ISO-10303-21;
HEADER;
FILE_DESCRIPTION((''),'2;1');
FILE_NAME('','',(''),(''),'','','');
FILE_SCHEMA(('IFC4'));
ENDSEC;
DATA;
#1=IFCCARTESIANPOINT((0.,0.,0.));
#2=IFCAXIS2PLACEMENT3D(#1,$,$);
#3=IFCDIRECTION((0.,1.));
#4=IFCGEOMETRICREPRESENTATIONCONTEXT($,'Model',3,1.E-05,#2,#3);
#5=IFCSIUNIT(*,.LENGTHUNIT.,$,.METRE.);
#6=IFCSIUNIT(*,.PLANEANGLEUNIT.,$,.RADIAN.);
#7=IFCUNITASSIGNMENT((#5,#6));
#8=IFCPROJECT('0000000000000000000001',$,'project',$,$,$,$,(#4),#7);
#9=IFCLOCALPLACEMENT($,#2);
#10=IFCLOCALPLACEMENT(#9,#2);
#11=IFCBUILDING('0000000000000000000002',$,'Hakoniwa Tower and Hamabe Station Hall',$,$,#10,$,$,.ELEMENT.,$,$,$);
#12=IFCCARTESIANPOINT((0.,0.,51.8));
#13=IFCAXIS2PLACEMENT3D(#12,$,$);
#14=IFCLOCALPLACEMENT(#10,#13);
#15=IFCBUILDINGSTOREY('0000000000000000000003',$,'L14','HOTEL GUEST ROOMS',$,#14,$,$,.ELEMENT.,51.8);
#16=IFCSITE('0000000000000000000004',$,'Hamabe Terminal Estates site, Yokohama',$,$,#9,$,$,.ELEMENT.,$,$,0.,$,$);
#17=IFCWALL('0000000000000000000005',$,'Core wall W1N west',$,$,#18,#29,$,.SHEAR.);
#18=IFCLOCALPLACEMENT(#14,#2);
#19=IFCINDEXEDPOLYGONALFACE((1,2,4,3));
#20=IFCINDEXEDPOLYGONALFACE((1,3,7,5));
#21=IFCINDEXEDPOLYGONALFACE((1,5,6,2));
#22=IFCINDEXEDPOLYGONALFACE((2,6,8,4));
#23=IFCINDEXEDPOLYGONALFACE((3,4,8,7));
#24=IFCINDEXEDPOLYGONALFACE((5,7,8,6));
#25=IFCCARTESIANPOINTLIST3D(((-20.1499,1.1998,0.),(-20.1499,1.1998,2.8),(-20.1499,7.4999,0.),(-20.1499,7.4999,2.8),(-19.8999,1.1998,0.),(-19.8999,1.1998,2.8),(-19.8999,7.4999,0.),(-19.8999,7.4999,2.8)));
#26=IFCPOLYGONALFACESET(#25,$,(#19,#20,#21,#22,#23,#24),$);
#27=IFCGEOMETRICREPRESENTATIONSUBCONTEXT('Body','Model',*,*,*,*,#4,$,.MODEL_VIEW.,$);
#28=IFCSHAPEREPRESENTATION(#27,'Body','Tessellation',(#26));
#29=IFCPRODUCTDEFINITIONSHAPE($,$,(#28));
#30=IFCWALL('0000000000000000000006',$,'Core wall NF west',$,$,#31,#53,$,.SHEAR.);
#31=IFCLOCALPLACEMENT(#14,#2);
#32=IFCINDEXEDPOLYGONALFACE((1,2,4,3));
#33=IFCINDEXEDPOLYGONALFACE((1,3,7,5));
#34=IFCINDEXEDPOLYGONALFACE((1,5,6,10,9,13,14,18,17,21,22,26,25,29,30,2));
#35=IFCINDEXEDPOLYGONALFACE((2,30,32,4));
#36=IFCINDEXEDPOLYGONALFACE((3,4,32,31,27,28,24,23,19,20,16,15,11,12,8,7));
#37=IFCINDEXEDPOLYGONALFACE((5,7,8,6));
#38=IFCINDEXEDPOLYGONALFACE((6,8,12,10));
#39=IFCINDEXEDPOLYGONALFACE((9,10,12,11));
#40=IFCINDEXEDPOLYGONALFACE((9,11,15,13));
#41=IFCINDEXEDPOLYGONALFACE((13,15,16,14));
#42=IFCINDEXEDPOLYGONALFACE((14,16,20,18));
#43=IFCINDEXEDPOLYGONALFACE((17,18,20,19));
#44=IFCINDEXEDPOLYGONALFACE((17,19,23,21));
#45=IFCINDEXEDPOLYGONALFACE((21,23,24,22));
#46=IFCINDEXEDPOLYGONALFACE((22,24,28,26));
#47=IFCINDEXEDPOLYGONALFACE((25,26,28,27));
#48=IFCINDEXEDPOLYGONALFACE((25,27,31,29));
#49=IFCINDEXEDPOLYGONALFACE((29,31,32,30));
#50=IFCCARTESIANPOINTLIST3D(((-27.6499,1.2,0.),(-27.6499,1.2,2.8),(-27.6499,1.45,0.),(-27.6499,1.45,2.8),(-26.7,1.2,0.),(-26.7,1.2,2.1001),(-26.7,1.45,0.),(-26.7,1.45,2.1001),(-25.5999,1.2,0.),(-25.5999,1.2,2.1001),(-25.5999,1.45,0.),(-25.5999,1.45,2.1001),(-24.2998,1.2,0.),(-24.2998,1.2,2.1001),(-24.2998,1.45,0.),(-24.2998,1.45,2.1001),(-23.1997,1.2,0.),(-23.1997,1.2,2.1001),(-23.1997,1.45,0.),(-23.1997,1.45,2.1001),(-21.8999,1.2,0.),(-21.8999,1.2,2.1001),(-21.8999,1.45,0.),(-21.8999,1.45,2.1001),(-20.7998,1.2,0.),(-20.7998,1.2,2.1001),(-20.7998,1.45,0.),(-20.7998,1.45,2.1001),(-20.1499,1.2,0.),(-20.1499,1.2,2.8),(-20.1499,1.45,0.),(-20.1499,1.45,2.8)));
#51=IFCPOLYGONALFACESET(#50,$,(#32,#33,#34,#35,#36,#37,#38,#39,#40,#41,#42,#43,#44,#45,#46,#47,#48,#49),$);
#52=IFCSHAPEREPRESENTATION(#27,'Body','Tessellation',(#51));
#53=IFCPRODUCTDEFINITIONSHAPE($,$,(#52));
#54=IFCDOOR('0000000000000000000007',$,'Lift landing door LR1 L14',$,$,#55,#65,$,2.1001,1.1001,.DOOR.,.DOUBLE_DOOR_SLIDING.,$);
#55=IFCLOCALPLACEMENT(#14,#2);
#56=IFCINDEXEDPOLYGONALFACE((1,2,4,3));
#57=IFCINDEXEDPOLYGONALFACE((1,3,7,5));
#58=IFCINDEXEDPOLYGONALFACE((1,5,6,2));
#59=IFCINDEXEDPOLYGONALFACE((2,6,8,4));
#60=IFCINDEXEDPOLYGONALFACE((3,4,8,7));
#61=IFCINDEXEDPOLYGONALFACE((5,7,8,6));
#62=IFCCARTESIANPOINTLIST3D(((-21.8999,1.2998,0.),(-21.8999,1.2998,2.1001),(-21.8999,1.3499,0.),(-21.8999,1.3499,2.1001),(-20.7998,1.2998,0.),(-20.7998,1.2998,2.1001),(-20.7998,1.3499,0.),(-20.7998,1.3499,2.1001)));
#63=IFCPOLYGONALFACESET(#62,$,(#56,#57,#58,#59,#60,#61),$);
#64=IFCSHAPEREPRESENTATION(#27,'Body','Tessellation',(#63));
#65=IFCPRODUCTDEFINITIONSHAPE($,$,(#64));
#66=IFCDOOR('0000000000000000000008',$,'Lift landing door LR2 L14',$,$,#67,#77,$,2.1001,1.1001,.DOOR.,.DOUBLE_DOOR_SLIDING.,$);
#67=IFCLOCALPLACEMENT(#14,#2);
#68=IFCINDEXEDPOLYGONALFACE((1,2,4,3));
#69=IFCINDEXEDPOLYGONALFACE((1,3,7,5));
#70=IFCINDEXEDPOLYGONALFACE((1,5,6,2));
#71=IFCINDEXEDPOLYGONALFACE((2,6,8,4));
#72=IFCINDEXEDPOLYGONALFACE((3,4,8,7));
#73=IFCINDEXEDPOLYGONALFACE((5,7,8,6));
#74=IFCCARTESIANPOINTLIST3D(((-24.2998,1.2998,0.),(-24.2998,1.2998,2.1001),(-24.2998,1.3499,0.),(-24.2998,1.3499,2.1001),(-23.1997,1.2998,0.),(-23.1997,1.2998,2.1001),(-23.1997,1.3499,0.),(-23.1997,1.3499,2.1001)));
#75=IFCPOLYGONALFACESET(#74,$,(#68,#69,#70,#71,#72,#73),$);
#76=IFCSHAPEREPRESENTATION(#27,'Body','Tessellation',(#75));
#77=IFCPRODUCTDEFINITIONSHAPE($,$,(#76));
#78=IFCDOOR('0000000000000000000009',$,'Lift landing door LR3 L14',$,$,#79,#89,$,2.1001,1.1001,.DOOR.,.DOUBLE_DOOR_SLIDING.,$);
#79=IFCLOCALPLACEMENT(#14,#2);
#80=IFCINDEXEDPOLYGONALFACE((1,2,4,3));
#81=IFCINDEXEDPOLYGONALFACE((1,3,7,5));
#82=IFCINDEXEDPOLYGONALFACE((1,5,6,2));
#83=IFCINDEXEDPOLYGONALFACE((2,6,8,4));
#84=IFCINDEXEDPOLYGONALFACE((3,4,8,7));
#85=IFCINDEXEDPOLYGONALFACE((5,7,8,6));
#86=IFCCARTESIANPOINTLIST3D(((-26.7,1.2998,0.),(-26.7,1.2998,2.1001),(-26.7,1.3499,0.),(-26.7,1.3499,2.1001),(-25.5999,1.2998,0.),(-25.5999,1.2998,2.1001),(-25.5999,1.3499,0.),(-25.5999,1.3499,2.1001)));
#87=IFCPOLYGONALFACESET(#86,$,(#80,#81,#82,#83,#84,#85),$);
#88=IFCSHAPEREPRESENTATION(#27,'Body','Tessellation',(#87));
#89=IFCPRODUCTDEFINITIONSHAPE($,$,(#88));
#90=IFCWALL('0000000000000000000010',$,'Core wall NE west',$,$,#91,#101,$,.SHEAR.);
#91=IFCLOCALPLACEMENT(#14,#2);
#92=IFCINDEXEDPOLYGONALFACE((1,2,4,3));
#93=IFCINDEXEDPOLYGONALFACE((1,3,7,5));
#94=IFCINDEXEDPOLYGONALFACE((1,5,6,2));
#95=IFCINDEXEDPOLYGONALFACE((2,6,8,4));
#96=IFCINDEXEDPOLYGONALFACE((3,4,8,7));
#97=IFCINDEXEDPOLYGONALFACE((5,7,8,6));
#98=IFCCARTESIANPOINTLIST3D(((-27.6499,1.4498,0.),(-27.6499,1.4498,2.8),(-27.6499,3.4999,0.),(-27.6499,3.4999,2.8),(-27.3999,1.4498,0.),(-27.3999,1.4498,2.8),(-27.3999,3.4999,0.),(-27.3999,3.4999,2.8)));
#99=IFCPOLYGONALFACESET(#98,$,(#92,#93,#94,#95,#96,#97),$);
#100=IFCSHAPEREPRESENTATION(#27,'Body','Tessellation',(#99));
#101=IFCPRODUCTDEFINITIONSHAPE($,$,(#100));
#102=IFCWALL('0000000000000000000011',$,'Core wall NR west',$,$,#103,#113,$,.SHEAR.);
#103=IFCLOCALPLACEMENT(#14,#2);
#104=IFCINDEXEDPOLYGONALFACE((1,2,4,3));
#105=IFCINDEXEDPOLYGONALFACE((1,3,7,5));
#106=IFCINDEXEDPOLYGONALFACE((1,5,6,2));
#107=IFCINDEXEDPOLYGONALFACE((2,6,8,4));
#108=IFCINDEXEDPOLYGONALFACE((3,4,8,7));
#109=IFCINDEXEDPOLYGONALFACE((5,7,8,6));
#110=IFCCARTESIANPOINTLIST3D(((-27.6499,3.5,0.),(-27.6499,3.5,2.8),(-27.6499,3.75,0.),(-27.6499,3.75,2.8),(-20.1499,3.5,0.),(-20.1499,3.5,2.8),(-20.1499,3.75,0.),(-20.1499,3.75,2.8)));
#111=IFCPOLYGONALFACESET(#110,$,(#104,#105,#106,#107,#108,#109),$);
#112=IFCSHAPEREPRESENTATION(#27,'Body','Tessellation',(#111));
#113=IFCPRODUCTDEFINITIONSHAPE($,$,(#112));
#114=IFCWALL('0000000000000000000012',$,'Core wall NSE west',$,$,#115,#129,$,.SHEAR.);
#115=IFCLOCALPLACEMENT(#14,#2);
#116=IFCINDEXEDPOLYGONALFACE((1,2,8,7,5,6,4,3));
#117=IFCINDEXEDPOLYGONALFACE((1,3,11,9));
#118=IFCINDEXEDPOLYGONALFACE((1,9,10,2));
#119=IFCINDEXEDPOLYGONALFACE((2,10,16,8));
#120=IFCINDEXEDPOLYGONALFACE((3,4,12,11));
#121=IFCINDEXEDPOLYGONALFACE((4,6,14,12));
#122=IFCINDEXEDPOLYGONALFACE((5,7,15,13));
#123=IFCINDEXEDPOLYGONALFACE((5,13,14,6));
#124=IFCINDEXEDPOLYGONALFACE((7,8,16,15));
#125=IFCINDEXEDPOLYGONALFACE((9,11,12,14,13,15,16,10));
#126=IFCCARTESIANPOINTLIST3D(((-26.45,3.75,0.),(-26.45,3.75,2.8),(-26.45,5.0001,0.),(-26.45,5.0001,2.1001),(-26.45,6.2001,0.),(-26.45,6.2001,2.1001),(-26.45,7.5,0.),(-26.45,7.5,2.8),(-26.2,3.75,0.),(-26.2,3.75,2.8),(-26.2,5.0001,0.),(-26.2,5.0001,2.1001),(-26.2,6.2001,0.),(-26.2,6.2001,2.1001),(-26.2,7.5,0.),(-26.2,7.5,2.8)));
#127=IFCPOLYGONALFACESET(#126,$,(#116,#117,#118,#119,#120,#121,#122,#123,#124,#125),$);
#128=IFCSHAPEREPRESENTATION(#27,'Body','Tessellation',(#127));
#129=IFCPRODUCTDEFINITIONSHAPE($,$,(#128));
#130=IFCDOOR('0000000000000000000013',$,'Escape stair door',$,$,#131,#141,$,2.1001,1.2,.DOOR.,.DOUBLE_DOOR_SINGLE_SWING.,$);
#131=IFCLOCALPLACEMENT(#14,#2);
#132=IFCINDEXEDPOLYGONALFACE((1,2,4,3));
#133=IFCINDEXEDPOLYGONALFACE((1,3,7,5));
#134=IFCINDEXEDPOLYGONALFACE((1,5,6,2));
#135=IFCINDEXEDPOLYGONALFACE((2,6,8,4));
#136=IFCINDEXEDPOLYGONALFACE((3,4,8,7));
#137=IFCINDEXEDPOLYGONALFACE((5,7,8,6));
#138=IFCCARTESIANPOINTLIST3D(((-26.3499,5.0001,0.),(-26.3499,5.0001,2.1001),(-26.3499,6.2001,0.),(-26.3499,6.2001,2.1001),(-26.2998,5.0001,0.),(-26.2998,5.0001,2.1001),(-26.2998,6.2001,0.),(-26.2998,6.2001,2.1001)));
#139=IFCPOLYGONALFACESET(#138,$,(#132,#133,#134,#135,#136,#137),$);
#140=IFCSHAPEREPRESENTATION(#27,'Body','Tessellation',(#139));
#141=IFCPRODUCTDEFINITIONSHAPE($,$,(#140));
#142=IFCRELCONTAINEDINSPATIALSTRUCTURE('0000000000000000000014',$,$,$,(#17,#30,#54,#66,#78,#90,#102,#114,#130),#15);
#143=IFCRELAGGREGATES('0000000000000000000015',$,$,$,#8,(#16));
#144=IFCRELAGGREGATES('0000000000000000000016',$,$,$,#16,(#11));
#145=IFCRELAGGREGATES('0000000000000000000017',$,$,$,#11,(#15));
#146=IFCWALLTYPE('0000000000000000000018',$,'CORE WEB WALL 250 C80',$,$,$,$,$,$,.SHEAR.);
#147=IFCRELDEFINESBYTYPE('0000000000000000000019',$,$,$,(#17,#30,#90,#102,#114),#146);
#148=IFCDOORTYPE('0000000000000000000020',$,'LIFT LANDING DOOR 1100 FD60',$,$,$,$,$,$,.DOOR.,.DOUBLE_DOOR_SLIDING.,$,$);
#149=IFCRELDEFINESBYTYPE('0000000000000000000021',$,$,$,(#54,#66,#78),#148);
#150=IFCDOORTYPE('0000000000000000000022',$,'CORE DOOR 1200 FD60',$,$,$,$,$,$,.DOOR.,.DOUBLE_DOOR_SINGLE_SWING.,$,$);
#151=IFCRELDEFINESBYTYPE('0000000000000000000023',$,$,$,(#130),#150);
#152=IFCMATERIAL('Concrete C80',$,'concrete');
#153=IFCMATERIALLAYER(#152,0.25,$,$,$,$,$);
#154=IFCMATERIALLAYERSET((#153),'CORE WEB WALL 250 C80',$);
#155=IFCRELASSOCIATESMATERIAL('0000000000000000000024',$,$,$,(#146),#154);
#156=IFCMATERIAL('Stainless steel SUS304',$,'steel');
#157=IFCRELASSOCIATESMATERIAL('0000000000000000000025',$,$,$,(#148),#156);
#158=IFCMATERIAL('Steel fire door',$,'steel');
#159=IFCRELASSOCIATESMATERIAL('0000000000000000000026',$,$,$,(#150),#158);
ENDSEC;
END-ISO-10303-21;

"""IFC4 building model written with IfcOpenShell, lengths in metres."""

from ifc_helpers import new_model, si_unit, direction, frame, frame_2d, origin, place, context, subcontext, project, spatial, rectangle, extrude, material, layer, layer_set, type_object, element, fill, save


model = new_model("IFC4")

# Units and contexts
model_context = context("Model", 3, precision=1e-05, world=origin(), true_north=direction((0.0, 1.0)))
body_context = subcontext(model_context, "Body", "Model", "MODEL_VIEW")
ifc_project = project(units=[si_unit("LENGTHUNIT", "METRE"), si_unit("PLANEANGLEUNIT", "RADIAN")], contexts=[model_context])

# Site, building, storey
site_placement = place(None, origin())
site = spatial("IfcSite", under=ifc_project, at=site_placement, Name="Hamabe Terminal Estates site, Yokohama", CompositionType="ELEMENT", RefElevation=0.0)
building_placement = place(site_placement, origin())
building = spatial("IfcBuilding", under=site, at=building_placement, Name="Hakoniwa Tower and Hamabe Station Hall", CompositionType="ELEMENT")
storey_placement = place(building_placement, frame((0.0, 0.0, 51.8)))
storey = spatial("IfcBuildingStorey", under=building, at=storey_placement, Name="L14", Description="HOTEL GUEST ROOMS", CompositionType="ELEMENT", Elevation=51.8)

# Wall
ifc_material_1 = material(Name="Concrete C80", Category="concrete")
ifc_layer_1 = layer(ifc_material_1, 0.25)
ifc_layer_set_1 = layer_set([ifc_layer_1], Name="CORE WEB WALL 250 C80")
wall_type_1 = type_object("IfcWallType", Name="CORE WEB WALL 250 C80", PredefinedType="SHEAR", material=ifc_layer_set_1)
wall_1_placement = place(storey_placement, frame((-20.0249, 1.2, 0.0), z_axis=(0.0, 0.0, 1.0), x_axis=(0.0, 1.0, 0.0)))
element("IfcWall", 1, at=wall_1_placement, inside=storey, type_object=wall_type_1, Name="Core wall W1N west", PredefinedType="SHEAR", context=body_context, shape_type="SweptSolid", body=[
    extrude(rectangle(XDim=6.3, YDim=0.25, at=frame_2d((3.1499, 0.0))), origin(), (0.0, 0.0, 1.0), 2.8),
])

# Wall, openings, doors
wall_2_placement = place(storey_placement, frame((-27.6499, 1.325, 0.0), z_axis=(0.0, 0.0, 1.0), x_axis=(1.0, 0.0, 0.0)))
wall_2 = element("IfcWall", 2, at=wall_2_placement, inside=storey, type_object=wall_type_1, Name="Core wall NF west", PredefinedType="SHEAR", context=body_context, shape_type="SweptSolid", body=[
    extrude(rectangle(XDim=7.5, YDim=0.25, at=frame_2d((3.75, 0.0))), origin(), (0.0, 0.0, 1.0), 2.8),
])
opening_1_placement = place(wall_2_placement, frame((5.75, 0.0, 0.0)))
opening_1 = element("IfcOpeningElement", 3, at=opening_1_placement, cuts=wall_2, PredefinedType="OPENING", context=body_context, shape_type="SweptSolid", body=[
    extrude(rectangle(XDim=1.1001, YDim=2.1001, at=frame_2d((0.55, 1.05))), frame((0.0, 0.135, 0.0), z_axis=(0.0, -1.0, 0.0), x_axis=(1.0, 0.0, 0.0)), (0.0, 0.0, 1.0), 0.27),
])
opening_2_placement = place(wall_2_placement, frame((3.3501, 0.0, 0.0)))
opening_2 = element("IfcOpeningElement", 4, at=opening_2_placement, cuts=wall_2, PredefinedType="OPENING", context=body_context, shape_type="SweptSolid", body=[
    extrude(rectangle(XDim=1.1001, YDim=2.1001, at=frame_2d((0.55, 1.05))), frame((0.0, 0.135, 0.0), z_axis=(0.0, -1.0, 0.0), x_axis=(1.0, 0.0, 0.0)), (0.0, 0.0, 1.0), 0.27),
])
opening_3_placement = place(wall_2_placement, frame((0.95, 0.0, 0.0)))
opening_3 = element("IfcOpeningElement", 5, at=opening_3_placement, cuts=wall_2, PredefinedType="OPENING", context=body_context, shape_type="SweptSolid", body=[
    extrude(rectangle(XDim=1.1001, YDim=2.1001, at=frame_2d((0.55, 1.05))), frame((0.0, 0.135, 0.0), z_axis=(0.0, -1.0, 0.0), x_axis=(1.0, 0.0, 0.0)), (0.0, 0.0, 1.0), 0.27),
])
ifc_material_2 = material(Name="Stainless steel SUS304", Category="steel")
door_type_1 = type_object("IfcDoorType", Name="LIFT LANDING DOOR 1100 FD60", OperationType="DOUBLE_DOOR_SLIDING", PredefinedType="DOOR", material=ifc_material_2)
door_1_placement = place(opening_1_placement, origin())
door_1 = element("IfcDoor", 6, at=door_1_placement, inside=storey, type_object=door_type_1, Name="Lift landing door LR1 L14", OperationType="DOUBLE_DOOR_SLIDING", OverallHeight=2.1001, OverallWidth=1.1001, PredefinedType="DOOR", context=body_context, shape_type="SweptSolid", body=[
    extrude(rectangle(XDim=1.1001, YDim=2.1001, at=frame_2d((0.55, 1.05))), frame((0.0, 0.0249, 0.0), z_axis=(0.0, -1.0, 0.0), x_axis=(1.0, 0.0, 0.0)), (0.0, 0.0, 1.0), 0.05),
])
fill(opening_1, door_1)
door_2_placement = place(opening_2_placement, origin())
door_2 = element("IfcDoor", 7, at=door_2_placement, inside=storey, type_object=door_type_1, Name="Lift landing door LR2 L14", OperationType="DOUBLE_DOOR_SLIDING", OverallHeight=2.1001, OverallWidth=1.1001, PredefinedType="DOOR", context=body_context, shape_type="SweptSolid", body=[
    extrude(rectangle(XDim=1.1001, YDim=2.1001, at=frame_2d((0.55, 1.05))), frame((0.0, 0.0249, 0.0), z_axis=(0.0, -1.0, 0.0), x_axis=(1.0, 0.0, 0.0)), (0.0, 0.0, 1.0), 0.05),
])
fill(opening_2, door_2)
door_3_placement = place(opening_3_placement, origin())
door_3 = element("IfcDoor", 8, at=door_3_placement, inside=storey, type_object=door_type_1, Name="Lift landing door LR3 L14", OperationType="DOUBLE_DOOR_SLIDING", OverallHeight=2.1001, OverallWidth=1.1001, PredefinedType="DOOR", context=body_context, shape_type="SweptSolid", body=[
    extrude(rectangle(XDim=1.1001, YDim=2.1001, at=frame_2d((0.55, 1.05))), frame((0.0, 0.0249, 0.0), z_axis=(0.0, -1.0, 0.0), x_axis=(1.0, 0.0, 0.0)), (0.0, 0.0, 1.0), 0.05),
])
fill(opening_3, door_3)

# Walls
wall_3_placement = place(storey_placement, frame((-27.5249, 1.45, 0.0), z_axis=(0.0, 0.0, 1.0), x_axis=(0.0, 1.0, 0.0)))
element("IfcWall", 9, at=wall_3_placement, inside=storey, type_object=wall_type_1, Name="Core wall NE west", PredefinedType="SHEAR", context=body_context, shape_type="SweptSolid", body=[
    extrude(rectangle(XDim=2.05, YDim=0.25, at=frame_2d((1.0249, 0.0))), origin(), (0.0, 0.0, 1.0), 2.8),
])
wall_4_placement = place(storey_placement, frame((-27.6499, 3.625, 0.0), z_axis=(0.0, 0.0, 1.0), x_axis=(1.0, 0.0, 0.0)))
element("IfcWall", 10, at=wall_4_placement, inside=storey, type_object=wall_type_1, Name="Core wall NR west", PredefinedType="SHEAR", context=body_context, shape_type="SweptSolid", body=[
    extrude(rectangle(XDim=7.5, YDim=0.25, at=frame_2d((3.75, 0.0))), origin(), (0.0, 0.0, 1.0), 2.8),
])

# Wall, opening, door
wall_5_placement = place(storey_placement, frame((-26.325, 3.75, 0.0), z_axis=(0.0, 0.0, 1.0), x_axis=(0.0, 1.0, 0.0)))
wall_5 = element("IfcWall", 11, at=wall_5_placement, inside=storey, type_object=wall_type_1, Name="Core wall NSE west", PredefinedType="SHEAR", context=body_context, shape_type="SweptSolid", body=[
    extrude(rectangle(XDim=3.75, YDim=0.25, at=frame_2d((1.875, 0.0))), origin(), (0.0, 0.0, 1.0), 2.8),
])
opening_4_placement = place(wall_5_placement, frame((1.25, 0.0, 0.0)))
opening_4 = element("IfcOpeningElement", 12, at=opening_4_placement, cuts=wall_5, PredefinedType="OPENING", context=body_context, shape_type="SweptSolid", body=[
    extrude(rectangle(XDim=1.2, YDim=2.1001, at=frame_2d((0.6001, 1.05))), frame((0.0, 0.135, 0.0), z_axis=(0.0, -1.0, 0.0), x_axis=(1.0, 0.0, 0.0)), (0.0, 0.0, 1.0), 0.27),
])
ifc_material_3 = material(Name="Steel fire door", Category="steel")
door_type_2 = type_object("IfcDoorType", Name="CORE DOOR 1200 FD60", OperationType="DOUBLE_DOOR_SINGLE_SWING", PredefinedType="DOOR", material=ifc_material_3)
door_4_placement = place(opening_4_placement, origin())
door_4 = element("IfcDoor", 13, at=door_4_placement, inside=storey, type_object=door_type_2, Name="Escape stair door", OperationType="DOUBLE_DOOR_SINGLE_SWING", OverallHeight=2.1001, OverallWidth=1.2, PredefinedType="DOOR", context=body_context, shape_type="SweptSolid", body=[
    extrude(rectangle(XDim=1.2, YDim=2.1001, at=frame_2d((0.6001, 1.05))), frame((0.0, 0.0249, 0.0), z_axis=(0.0, -1.0, 0.0), x_axis=(1.0, 0.0, 0.0)), (0.0, 0.0, 1.0), 0.05),
])
fill(opening_4, door_4)

save(model, "model.ifc")
